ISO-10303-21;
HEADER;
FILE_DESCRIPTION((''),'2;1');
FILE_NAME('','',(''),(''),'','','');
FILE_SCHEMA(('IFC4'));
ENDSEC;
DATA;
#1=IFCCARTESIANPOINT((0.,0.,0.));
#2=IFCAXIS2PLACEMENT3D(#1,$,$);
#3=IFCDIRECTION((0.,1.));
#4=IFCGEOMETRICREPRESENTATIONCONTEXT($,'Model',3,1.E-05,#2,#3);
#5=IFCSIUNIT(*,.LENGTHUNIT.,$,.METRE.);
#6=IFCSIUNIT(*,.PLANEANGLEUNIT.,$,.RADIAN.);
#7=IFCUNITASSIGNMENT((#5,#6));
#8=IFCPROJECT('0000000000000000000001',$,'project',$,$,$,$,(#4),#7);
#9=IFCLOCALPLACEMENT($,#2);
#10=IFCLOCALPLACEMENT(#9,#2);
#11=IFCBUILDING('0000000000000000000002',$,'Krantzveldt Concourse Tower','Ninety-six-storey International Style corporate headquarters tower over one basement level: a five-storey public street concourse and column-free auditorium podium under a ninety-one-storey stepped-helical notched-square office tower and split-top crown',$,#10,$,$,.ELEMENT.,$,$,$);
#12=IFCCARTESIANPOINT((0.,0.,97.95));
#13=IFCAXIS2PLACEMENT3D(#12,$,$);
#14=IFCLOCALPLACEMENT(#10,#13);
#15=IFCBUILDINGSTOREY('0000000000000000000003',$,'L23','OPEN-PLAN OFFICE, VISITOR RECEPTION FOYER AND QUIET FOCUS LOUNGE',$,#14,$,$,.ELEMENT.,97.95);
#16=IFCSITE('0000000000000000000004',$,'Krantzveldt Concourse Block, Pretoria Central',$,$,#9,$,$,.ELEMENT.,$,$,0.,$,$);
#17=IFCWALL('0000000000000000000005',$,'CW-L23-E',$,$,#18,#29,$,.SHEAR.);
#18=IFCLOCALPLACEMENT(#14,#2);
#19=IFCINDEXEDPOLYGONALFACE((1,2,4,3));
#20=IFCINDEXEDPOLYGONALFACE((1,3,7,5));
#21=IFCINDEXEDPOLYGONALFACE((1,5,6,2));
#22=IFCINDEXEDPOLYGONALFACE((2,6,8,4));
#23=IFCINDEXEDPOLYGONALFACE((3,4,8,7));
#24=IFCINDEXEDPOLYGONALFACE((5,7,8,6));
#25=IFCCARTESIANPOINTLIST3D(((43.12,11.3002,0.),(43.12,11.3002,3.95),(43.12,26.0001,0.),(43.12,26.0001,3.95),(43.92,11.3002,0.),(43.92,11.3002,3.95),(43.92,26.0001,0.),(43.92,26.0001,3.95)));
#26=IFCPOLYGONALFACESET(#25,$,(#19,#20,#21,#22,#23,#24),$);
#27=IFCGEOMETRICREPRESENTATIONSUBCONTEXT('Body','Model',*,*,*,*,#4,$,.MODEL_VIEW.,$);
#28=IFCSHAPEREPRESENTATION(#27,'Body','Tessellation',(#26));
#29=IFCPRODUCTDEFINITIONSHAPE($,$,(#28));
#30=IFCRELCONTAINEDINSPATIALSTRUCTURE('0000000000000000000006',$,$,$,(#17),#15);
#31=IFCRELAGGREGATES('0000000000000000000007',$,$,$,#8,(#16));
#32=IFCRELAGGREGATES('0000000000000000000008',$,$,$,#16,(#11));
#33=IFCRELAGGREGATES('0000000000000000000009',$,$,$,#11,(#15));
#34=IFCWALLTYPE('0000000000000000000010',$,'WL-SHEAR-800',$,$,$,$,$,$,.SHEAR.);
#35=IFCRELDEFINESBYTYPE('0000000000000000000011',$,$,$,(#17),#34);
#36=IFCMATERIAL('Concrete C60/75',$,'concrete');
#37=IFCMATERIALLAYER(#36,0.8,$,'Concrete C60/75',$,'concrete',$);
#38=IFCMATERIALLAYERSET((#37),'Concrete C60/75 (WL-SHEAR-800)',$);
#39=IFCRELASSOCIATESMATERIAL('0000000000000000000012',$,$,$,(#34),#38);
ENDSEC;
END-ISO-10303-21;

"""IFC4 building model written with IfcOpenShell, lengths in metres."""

from ifc_helpers import new_model, si_unit, direction, frame, frame_2d, origin, place, context, subcontext, project, spatial, rectangle, extrude, material, layer, layer_set, type_object, element, save


model = new_model("IFC4")

# Units and contexts
model_context = context("Model", 3, precision=1e-05, world=origin(), true_north=direction((0.0, 1.0)))
body_context = subcontext(model_context, "Body", "Model", "MODEL_VIEW")
ifc_project = project(units=[si_unit("LENGTHUNIT", "METRE"), si_unit("PLANEANGLEUNIT", "RADIAN")], contexts=[model_context])

# Site, building, storey
site_placement = place(None, origin())
site = spatial("IfcSite", under=ifc_project, at=site_placement, Name="Krantzveldt Concourse Block, Pretoria Central", CompositionType="ELEMENT", RefElevation=0.0)
building_placement = place(site_placement, origin())
building = spatial("IfcBuilding", under=site, at=building_placement, Name="Krantzveldt Concourse Tower", Description="Ninety-six-storey International Style corporate headquarters tower over one basement level: a five-storey public street concourse and column-free auditorium podium under a ninety-one-storey stepped-helical notched-square office tower and split-top crown", CompositionType="ELEMENT")
storey_placement = place(building_placement, frame((0.0, 0.0, 97.95)))
storey = spatial("IfcBuildingStorey", under=building, at=storey_placement, Name="L23", Description="OPEN-PLAN OFFICE, VISITOR RECEPTION FOYER AND QUIET FOCUS LOUNGE", CompositionType="ELEMENT", Elevation=97.95)

# Shared definitions
ifc_material_1 = material(Name="Concrete C60/75", Category="concrete")

# Wall
ifc_layer_1 = layer(ifc_material_1, 0.8, Name="Concrete C60/75", Category="concrete")
ifc_layer_set_1 = layer_set([ifc_layer_1], Name="Concrete C60/75 (WL-SHEAR-800)")
wall_type_1 = type_object("IfcWallType", Name="WL-SHEAR-800", PredefinedType="SHEAR", material=ifc_layer_set_1)
wall_1_placement = place(storey_placement, frame((43.52, 11.3, 0.0), z_axis=(0.0, 0.0, 1.0), x_axis=(0.0, 1.0, 0.0)))
element("IfcWall", 1, at=wall_1_placement, inside=storey, type_object=wall_type_1, Name="CW-L23-E", PredefinedType="SHEAR", context=body_context, shape_type="SweptSolid", body=[
    extrude(rectangle(XDim=14.7, YDim=0.8, at=frame_2d((7.3501, 0.0))), origin(), (0.0, 0.0, 1.0), 3.95),
])

save(model, "model.ifc")
